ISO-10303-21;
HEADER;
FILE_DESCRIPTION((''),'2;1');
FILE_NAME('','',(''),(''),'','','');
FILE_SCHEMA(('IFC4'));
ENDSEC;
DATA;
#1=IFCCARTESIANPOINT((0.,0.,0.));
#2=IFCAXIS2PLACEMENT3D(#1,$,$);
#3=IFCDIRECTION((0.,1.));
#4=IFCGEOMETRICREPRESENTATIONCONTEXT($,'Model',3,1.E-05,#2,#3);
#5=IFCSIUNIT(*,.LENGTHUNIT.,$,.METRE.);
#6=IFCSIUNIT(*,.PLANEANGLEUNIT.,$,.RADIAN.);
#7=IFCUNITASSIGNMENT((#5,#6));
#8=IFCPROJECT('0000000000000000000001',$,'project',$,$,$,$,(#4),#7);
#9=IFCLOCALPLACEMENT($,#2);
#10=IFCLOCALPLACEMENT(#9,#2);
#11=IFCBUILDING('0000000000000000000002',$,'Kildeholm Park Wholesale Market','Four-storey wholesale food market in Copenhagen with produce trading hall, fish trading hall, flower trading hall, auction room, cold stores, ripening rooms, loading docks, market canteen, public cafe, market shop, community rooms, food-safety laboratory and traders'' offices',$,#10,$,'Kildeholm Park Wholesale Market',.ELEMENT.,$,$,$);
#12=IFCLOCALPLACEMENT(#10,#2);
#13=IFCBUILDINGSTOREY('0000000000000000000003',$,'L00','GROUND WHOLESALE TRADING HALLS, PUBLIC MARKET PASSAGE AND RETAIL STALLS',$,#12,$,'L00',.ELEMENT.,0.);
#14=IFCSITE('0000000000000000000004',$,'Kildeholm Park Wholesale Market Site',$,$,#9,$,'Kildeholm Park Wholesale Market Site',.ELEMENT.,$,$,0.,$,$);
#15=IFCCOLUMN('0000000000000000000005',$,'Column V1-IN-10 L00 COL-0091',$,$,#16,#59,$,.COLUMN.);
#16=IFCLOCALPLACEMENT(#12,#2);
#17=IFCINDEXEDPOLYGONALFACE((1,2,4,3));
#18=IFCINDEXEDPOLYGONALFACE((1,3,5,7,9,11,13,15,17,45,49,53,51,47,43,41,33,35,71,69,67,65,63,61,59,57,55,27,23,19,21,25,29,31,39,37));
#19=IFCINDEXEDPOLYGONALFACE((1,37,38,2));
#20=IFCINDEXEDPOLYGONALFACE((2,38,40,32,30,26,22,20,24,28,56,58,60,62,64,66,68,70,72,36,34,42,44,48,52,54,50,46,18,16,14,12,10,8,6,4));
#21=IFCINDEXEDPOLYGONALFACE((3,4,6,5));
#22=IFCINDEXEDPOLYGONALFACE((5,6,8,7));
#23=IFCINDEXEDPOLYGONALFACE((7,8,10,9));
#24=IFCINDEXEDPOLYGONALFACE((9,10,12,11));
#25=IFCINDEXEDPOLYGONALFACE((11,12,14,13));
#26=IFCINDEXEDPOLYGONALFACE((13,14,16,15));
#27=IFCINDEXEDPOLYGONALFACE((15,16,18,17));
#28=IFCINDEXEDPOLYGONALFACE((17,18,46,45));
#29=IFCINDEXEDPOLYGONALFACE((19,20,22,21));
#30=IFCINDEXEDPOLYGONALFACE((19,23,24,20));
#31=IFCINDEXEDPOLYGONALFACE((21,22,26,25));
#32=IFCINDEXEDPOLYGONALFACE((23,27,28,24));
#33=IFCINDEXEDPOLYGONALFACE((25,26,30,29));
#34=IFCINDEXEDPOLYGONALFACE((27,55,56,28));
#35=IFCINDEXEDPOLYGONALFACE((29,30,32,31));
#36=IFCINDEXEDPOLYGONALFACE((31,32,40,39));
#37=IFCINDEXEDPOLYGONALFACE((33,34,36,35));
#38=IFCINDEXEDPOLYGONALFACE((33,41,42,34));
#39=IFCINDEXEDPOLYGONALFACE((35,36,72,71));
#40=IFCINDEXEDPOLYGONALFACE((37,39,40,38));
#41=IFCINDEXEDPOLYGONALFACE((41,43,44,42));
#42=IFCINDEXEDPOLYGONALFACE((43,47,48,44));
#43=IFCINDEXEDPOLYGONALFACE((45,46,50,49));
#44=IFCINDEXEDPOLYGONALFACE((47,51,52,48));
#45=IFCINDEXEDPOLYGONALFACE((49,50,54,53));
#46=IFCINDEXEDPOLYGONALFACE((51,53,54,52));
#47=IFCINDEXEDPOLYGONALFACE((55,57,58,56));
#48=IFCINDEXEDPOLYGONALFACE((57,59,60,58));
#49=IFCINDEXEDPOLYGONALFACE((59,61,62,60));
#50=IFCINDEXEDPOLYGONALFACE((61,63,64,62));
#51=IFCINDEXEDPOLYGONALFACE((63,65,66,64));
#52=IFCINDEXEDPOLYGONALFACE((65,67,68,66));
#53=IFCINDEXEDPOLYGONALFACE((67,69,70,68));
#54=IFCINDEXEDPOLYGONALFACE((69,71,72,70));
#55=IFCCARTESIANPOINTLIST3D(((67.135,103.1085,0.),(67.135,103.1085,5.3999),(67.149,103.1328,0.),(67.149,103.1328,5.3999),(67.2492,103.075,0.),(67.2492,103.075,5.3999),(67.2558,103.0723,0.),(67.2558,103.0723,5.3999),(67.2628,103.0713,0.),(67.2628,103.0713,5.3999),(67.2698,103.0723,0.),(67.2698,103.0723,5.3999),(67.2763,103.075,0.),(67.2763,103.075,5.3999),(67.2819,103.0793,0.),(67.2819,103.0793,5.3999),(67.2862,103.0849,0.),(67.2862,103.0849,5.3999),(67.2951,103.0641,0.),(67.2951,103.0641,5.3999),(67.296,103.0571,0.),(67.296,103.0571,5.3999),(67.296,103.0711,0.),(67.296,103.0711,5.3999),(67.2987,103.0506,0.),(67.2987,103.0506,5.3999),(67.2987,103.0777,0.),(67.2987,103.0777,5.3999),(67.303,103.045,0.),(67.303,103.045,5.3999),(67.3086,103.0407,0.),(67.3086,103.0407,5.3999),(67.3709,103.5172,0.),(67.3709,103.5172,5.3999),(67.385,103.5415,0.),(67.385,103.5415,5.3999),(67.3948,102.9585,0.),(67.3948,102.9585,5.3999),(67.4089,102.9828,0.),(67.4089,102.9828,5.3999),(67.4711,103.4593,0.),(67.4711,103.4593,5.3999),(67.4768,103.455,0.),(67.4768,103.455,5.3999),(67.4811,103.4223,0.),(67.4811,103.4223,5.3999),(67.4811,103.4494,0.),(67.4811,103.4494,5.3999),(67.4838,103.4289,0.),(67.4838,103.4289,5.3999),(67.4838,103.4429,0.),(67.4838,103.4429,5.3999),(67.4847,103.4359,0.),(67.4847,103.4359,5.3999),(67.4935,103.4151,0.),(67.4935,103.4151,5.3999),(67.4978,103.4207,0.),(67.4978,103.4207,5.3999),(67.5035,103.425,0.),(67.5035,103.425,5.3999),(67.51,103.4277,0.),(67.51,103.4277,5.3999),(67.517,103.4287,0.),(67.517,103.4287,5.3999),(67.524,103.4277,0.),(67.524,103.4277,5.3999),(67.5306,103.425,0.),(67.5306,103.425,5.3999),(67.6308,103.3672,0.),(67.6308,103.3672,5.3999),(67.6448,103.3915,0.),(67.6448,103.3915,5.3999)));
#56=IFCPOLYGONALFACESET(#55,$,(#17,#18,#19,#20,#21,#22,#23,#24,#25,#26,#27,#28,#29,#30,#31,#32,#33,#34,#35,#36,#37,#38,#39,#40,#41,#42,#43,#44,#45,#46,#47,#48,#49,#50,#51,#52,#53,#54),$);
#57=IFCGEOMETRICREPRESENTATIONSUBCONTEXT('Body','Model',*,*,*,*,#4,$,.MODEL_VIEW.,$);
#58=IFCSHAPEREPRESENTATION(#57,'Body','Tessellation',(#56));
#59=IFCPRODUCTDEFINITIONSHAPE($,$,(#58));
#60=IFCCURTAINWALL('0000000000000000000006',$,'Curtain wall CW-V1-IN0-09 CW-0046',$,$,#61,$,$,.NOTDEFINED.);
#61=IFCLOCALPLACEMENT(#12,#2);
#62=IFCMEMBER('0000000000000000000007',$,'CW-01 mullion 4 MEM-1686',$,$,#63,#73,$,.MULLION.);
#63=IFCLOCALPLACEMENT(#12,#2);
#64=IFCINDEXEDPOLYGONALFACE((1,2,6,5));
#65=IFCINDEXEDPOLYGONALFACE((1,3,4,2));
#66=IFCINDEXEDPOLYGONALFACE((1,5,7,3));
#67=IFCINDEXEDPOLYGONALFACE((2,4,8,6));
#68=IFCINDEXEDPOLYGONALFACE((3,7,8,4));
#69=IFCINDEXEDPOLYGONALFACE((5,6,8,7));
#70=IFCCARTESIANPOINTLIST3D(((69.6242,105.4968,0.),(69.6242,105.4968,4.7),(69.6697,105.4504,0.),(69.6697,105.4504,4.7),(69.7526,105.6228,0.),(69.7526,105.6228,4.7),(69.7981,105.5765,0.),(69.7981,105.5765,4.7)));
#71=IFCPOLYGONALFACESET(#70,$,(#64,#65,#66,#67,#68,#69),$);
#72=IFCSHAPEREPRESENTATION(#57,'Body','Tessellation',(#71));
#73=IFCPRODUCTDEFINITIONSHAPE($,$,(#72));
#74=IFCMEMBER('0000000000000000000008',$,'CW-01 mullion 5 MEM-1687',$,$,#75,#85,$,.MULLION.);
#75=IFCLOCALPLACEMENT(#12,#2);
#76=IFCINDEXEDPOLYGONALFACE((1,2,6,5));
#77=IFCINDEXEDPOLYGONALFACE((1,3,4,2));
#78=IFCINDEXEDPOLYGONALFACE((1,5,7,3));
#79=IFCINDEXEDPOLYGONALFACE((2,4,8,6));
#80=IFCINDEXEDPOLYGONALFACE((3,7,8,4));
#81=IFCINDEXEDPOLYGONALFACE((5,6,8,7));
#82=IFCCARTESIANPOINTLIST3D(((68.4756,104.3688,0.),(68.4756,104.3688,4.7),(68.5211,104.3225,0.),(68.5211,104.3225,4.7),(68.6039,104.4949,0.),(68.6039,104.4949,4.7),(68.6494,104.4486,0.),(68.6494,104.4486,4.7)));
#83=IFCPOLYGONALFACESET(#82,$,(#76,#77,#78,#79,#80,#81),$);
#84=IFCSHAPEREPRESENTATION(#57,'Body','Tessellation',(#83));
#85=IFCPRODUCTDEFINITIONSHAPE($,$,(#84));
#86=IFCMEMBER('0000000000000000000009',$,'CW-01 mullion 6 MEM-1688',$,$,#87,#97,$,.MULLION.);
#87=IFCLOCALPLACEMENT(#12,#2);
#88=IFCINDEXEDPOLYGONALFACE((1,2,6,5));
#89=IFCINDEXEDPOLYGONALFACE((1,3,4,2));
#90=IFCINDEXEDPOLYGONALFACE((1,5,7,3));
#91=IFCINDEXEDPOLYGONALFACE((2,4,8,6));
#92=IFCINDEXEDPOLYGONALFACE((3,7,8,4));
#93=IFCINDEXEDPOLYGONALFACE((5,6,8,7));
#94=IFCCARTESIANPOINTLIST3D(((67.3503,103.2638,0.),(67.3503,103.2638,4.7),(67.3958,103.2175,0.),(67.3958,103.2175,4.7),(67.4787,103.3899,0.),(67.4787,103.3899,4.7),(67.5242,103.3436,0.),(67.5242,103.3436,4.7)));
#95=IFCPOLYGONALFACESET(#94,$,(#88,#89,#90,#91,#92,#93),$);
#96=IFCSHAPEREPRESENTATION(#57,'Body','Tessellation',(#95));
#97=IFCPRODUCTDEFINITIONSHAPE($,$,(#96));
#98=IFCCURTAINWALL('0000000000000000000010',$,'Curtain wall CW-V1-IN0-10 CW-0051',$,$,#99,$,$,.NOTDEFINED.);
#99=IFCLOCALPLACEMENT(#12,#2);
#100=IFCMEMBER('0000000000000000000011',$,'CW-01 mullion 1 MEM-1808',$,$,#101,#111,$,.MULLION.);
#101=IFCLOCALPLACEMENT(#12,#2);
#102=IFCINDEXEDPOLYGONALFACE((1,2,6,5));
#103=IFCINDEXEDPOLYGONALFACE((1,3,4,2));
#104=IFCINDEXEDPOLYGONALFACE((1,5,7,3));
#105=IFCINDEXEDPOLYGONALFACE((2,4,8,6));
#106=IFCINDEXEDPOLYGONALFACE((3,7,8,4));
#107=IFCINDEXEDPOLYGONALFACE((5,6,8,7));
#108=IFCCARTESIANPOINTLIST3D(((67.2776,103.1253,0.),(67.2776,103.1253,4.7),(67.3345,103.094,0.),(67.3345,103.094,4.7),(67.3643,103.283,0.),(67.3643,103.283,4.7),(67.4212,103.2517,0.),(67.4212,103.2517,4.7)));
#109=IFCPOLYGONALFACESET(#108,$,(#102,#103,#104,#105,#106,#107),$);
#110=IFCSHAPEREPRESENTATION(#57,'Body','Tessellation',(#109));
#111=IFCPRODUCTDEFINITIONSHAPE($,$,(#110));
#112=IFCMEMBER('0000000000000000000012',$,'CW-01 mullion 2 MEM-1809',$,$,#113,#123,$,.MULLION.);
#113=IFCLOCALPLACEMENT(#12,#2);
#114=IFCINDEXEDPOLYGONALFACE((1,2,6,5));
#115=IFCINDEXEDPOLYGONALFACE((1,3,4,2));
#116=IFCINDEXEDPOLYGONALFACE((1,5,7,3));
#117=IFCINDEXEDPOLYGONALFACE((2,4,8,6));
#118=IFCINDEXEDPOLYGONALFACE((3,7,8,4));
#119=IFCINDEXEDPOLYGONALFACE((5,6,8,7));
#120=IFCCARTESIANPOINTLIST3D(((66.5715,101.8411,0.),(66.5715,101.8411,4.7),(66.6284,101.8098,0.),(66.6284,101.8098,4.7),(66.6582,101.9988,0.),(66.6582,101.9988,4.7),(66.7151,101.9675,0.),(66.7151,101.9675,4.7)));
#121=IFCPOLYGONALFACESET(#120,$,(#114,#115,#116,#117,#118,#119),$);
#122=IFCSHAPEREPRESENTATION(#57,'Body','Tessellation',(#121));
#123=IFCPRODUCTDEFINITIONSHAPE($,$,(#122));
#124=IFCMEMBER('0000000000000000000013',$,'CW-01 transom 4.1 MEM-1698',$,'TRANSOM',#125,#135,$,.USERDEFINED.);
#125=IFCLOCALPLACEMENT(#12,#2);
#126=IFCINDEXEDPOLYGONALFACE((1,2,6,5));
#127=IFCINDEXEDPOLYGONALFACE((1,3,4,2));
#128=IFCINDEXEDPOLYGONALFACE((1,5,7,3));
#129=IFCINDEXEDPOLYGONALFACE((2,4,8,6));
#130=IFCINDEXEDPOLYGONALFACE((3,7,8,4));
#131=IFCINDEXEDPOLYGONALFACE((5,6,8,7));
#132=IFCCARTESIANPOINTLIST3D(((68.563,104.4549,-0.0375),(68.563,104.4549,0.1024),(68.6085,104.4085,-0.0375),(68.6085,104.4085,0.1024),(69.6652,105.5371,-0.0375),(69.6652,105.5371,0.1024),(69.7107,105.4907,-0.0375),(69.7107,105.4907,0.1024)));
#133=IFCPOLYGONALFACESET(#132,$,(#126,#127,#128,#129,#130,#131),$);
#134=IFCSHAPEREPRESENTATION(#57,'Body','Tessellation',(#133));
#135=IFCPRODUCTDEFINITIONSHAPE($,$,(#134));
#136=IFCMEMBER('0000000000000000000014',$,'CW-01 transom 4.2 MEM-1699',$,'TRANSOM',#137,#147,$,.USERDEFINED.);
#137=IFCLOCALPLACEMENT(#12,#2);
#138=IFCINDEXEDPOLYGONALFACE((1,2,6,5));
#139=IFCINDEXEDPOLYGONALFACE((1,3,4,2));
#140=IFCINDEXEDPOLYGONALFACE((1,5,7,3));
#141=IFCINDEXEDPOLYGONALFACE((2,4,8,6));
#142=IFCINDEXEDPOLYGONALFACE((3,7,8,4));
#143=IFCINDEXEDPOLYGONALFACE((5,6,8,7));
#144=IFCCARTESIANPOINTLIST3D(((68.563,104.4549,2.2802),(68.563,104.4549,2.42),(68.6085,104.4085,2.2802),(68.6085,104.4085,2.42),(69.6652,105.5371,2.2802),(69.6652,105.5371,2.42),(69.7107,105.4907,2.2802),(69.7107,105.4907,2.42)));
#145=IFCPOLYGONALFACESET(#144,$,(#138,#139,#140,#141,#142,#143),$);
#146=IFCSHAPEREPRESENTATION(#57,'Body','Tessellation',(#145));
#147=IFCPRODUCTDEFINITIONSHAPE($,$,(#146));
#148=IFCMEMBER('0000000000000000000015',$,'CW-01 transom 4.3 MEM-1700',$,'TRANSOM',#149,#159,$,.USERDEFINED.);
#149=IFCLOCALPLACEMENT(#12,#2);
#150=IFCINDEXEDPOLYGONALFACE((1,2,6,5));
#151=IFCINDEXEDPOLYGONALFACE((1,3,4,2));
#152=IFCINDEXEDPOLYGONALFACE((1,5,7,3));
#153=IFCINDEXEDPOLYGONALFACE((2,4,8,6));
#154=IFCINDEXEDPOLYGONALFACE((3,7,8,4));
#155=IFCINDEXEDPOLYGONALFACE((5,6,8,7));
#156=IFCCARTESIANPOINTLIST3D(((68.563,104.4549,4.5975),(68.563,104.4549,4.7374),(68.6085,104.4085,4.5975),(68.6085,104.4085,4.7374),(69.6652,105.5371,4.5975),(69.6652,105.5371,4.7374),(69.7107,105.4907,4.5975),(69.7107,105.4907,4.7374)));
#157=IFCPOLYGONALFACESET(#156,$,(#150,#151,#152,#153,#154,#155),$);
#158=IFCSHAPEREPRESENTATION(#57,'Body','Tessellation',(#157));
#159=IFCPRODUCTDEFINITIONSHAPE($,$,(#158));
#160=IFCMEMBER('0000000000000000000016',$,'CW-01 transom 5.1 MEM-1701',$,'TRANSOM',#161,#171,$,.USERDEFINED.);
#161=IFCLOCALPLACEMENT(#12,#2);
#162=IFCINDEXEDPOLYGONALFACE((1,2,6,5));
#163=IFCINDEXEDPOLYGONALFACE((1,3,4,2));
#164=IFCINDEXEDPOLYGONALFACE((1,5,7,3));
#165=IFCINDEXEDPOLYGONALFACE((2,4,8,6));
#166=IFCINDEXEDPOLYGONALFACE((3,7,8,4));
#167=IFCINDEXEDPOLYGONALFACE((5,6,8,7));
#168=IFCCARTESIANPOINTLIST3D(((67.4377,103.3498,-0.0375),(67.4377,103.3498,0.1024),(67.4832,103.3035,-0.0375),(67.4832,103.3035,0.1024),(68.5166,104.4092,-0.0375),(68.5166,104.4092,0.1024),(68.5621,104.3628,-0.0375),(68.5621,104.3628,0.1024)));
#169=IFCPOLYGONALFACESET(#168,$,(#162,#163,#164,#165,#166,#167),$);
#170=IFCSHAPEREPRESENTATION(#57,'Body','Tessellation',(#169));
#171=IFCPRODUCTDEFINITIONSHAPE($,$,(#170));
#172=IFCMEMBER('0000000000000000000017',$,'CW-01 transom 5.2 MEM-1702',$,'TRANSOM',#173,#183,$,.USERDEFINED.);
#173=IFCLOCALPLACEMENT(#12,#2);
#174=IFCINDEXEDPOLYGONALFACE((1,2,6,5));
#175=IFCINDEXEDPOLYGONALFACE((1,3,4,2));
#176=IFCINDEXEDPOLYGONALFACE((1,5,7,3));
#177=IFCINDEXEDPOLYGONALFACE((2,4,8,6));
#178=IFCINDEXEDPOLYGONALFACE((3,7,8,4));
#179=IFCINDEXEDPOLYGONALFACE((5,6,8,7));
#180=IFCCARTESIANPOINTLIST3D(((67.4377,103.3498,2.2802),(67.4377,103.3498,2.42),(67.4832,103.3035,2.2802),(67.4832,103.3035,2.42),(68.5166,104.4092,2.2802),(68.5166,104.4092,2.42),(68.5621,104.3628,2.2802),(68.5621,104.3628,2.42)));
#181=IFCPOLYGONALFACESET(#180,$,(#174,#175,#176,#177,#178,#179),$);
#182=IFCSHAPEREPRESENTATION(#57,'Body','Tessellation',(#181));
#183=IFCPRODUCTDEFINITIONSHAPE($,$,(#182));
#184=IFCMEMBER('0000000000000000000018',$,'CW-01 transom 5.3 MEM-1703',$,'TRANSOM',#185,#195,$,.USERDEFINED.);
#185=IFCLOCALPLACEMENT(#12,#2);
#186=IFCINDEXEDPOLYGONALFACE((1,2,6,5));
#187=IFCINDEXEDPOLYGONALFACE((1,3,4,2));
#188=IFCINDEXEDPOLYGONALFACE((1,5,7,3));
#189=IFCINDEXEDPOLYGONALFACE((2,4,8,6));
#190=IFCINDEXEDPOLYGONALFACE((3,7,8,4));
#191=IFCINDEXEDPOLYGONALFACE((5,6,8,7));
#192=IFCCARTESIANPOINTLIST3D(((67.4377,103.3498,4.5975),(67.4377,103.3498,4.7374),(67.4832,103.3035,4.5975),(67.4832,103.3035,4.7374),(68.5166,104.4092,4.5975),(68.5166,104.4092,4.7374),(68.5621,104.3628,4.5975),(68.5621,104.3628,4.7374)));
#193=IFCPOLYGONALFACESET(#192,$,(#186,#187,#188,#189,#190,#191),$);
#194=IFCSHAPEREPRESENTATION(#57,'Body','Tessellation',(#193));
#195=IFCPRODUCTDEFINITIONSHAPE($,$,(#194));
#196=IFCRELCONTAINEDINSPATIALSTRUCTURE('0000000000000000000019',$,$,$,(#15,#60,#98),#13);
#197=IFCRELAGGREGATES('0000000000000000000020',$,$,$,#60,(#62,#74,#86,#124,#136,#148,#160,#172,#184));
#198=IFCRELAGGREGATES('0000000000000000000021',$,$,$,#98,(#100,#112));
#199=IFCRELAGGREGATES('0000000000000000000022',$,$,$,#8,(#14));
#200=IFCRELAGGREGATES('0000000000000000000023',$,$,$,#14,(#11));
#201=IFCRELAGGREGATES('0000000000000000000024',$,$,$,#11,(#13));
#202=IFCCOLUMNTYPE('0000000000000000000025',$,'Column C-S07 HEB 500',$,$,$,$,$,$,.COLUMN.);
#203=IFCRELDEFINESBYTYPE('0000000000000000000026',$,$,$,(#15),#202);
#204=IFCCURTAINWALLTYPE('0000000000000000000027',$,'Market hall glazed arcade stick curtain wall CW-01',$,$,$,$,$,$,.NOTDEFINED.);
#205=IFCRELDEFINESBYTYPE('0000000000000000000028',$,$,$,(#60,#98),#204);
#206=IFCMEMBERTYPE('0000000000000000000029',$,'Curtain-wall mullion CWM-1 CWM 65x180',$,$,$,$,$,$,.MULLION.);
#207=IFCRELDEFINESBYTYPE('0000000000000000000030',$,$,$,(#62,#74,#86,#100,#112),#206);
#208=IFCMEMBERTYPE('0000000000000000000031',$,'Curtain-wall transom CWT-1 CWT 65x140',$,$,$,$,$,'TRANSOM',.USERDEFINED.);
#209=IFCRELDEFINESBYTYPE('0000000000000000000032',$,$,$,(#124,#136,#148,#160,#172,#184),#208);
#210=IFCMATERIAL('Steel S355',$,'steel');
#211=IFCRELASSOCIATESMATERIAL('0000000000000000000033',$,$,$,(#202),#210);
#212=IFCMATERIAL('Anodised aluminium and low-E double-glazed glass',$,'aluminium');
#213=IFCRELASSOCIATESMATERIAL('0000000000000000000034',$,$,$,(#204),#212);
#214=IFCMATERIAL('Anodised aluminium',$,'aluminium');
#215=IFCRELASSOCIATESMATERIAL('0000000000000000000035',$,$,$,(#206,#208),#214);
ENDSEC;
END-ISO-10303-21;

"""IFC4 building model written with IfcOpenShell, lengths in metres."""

from ifc_helpers import new_model, si_unit, direction, frame, origin, origin_2d, place, context, subcontext, project, spatial, rectangle, i_section, extrude, material, material_profile, profile_set, type_object, element, aggregate, save


model = new_model("IFC4")

# Units and contexts
model_context = context("Model", 3, precision=1e-05, world=origin(), true_north=direction((0.0, 1.0)))
body_context = subcontext(model_context, "Body", "Model", "MODEL_VIEW")
ifc_project = project(units=[si_unit("LENGTHUNIT", "METRE"), si_unit("PLANEANGLEUNIT", "RADIAN")], contexts=[model_context])

# Site, building, storey
site_placement = place(None, origin())
site = spatial("IfcSite", under=ifc_project, at=site_placement, Name="Kildeholm Park Wholesale Market Site", LongName="Kildeholm Park Wholesale Market Site", CompositionType="ELEMENT", RefElevation=0.0)
building_placement = place(site_placement, origin())
building = spatial("IfcBuilding", under=site, at=building_placement, Name="Kildeholm Park Wholesale Market", Description="Four-storey wholesale food market in Copenhagen with produce trading hall, fish trading hall, flower trading hall, auction room, cold stores, ripening rooms, loading docks, market canteen, public cafe, market shop, community rooms, food-safety laboratory and traders' offices", LongName="Kildeholm Park Wholesale Market", CompositionType="ELEMENT")
storey_placement = place(building_placement, origin())
storey = spatial("IfcBuildingStorey", under=building, at=storey_placement, Name="L00", Description="GROUND WHOLESALE TRADING HALLS, PUBLIC MARKET PASSAGE AND RETAIL STALLS", LongName="L00", CompositionType="ELEMENT", Elevation=0.0)

# Column
ifc_material_1 = material(Name="Steel S355", Category="steel")
ifc_material_profile_1 = material_profile(ifc_material_1, i_section(OverallWidth=0.3, OverallDepth=0.5, WebThickness=0.0144, FlangeThickness=0.0281, FilletRadius=0.0271, at=origin_2d()), Name="HEB 500")
ifc_profile_set_1 = profile_set([ifc_material_profile_1], Name="Steel S355")
column_type = type_object("IfcColumnType", Name="Column C-S07 HEB 500", PredefinedType="COLUMN", material=ifc_profile_set_1)
column_placement = place(storey_placement, frame((67.3899, 103.25, 0.0), z_axis=(0.0, 0.0, 1.0), x_axis=(-0.866025, 0.5, 0.0)))
element("IfcColumn", 1, at=column_placement, inside=storey, type_object=column_type, Name="Column V1-IN-10 L00 COL-0091", PredefinedType="COLUMN", context=body_context, shape_type="SweptSolid", body=[
    extrude(i_section(OverallWidth=0.3, OverallDepth=0.5, WebThickness=0.0144, FlangeThickness=0.0281, FilletRadius=0.0271, at=origin_2d()), origin(), (0.0, 0.0, 1.0), 5.3999),
])

# Curtain walls, members
ifc_material_2 = material(Name="Anodised aluminium and low-E double-glazed glass", Category="aluminium")
curtain_wall_type = type_object("IfcCurtainWallType", Name="Market hall glazed arcade stick curtain wall CW-01", PredefinedType="NOTDEFINED", material=ifc_material_2)
curtain_wall_1_placement = place(storey_placement, origin())
curtain_wall_1 = element("IfcCurtainWall", 2, at=curtain_wall_1_placement, inside=storey, type_object=curtain_wall_type, Name="Curtain wall CW-V1-IN0-09 CW-0046", PredefinedType="NOTDEFINED")
ifc_material_3 = material(Name="Anodised aluminium", Category="aluminium")
ifc_material_profile_2 = material_profile(ifc_material_3, rectangle(XDim=0.0649, YDim=0.1799, at=origin_2d()), Name="CWM 65x180")
ifc_profile_set_2 = profile_set([ifc_material_profile_2], Name="Anodised aluminium")
member_type_1 = type_object("IfcMemberType", Name="Curtain-wall mullion CWM-1 CWM 65x180", PredefinedType="MULLION", material=ifc_profile_set_2)
member_1_placement = place(storey_placement, frame((69.7112, 105.5366, 0.0), z_axis=(0.0, 0.0, 1.0), x_axis=(0.700617, -0.713538, 0.0)))
member_1 = element("IfcMember", 3, at=member_1_placement, type_object=member_type_1, Name="CW-01 mullion 4 MEM-1686", PredefinedType="MULLION", context=body_context, shape_type="SweptSolid", body=[
    extrude(rectangle(XDim=0.0649, YDim=0.1799, at=origin_2d()), origin(), (0.0, 0.0, 1.0), 4.7),
])
member_2_placement = place(storey_placement, frame((68.5625, 104.4087, 0.0), z_axis=(0.0, 0.0, 1.0), x_axis=(0.700617, -0.713538, 0.0)))
member_2 = element("IfcMember", 4, at=member_2_placement, type_object=member_type_1, Name="CW-01 mullion 5 MEM-1687", PredefinedType="MULLION", context=body_context, shape_type="SweptSolid", body=[
    extrude(rectangle(XDim=0.0649, YDim=0.1799, at=origin_2d()), origin(), (0.0, 0.0, 1.0), 4.7),
])
member_3_placement = place(storey_placement, frame((67.4373, 103.3037, 0.0), z_axis=(0.0, 0.0, 1.0), x_axis=(0.700617, -0.713538, 0.0)))
member_3 = element("IfcMember", 5, at=member_3_placement, type_object=member_type_1, Name="CW-01 mullion 6 MEM-1688", PredefinedType="MULLION", context=body_context, shape_type="SweptSolid", body=[
    extrude(rectangle(XDim=0.0649, YDim=0.1799, at=origin_2d()), origin(), (0.0, 0.0, 1.0), 4.7),
])
curtain_wall_2_placement = place(storey_placement, origin())
curtain_wall_2 = element("IfcCurtainWall", 6, at=curtain_wall_2_placement, inside=storey, type_object=curtain_wall_type, Name="Curtain wall CW-V1-IN0-10 CW-0051", PredefinedType="NOTDEFINED")
member_4_placement = place(storey_placement, frame((67.3494, 103.1885, 0.0), z_axis=(0.0, 0.0, 1.0), x_axis=(0.876309, -0.48175, 0.0)))
member_4 = element("IfcMember", 7, at=member_4_placement, type_object=member_type_1, Name="CW-01 mullion 1 MEM-1808", PredefinedType="MULLION", context=body_context, shape_type="SweptSolid", body=[
    extrude(rectangle(XDim=0.0649, YDim=0.1799, at=origin_2d()), origin(), (0.0, 0.0, 1.0), 4.7),
])
member_5_placement = place(storey_placement, frame((66.6433, 101.9043, 0.0), z_axis=(0.0, 0.0, 1.0), x_axis=(0.876309, -0.48175, 0.0)))
member_5 = element("IfcMember", 8, at=member_5_placement, type_object=member_type_1, Name="CW-01 mullion 2 MEM-1809", PredefinedType="MULLION", context=body_context, shape_type="SweptSolid", body=[
    extrude(rectangle(XDim=0.0649, YDim=0.1799, at=origin_2d()), origin(), (0.0, 0.0, 1.0), 4.7),
])

# Members
ifc_material_profile_3 = material_profile(ifc_material_3, rectangle(XDim=0.0649, YDim=0.1399, at=origin_2d()), Name="CWT 65x140")
ifc_profile_set_3 = profile_set([ifc_material_profile_3], Name="Anodised aluminium")
member_type_2 = type_object("IfcMemberType", Name="Curtain-wall transom CWT-1 CWT 65x140", ElementType="TRANSOM", PredefinedType="USERDEFINED", material=ifc_profile_set_3)
member_6_placement = place(storey_placement, frame((69.688, 105.5139, 0.0325), z_axis=(-0.713557, -0.700597, 0.0), x_axis=(0.700597, -0.713557, 0.0)))
member_6 = element("IfcMember", 9, at=member_6_placement, type_object=member_type_2, Name="CW-01 transom 4.1 MEM-1698", ObjectType="TRANSOM", PredefinedType="USERDEFINED", context=body_context, shape_type="SweptSolid", body=[
    extrude(rectangle(XDim=0.0649, YDim=0.1399, at=origin_2d()), origin(), (0.0, 0.0, 1.0), 1.5447),
])
member_7_placement = place(storey_placement, frame((69.688, 105.5139, 2.3501), z_axis=(-0.713557, -0.700597, 0.0), x_axis=(0.700597, -0.713557, 0.0)))
member_7 = element("IfcMember", 10, at=member_7_placement, type_object=member_type_2, Name="CW-01 transom 4.2 MEM-1699", ObjectType="TRANSOM", PredefinedType="USERDEFINED", context=body_context, shape_type="SweptSolid", body=[
    extrude(rectangle(XDim=0.0649, YDim=0.1399, at=origin_2d()), origin(), (0.0, 0.0, 1.0), 1.5447),
])
member_8_placement = place(storey_placement, frame((69.688, 105.5139, 4.6675), z_axis=(-0.713557, -0.700597, 0.0), x_axis=(0.700597, -0.713557, 0.0)))
member_8 = element("IfcMember", 11, at=member_8_placement, type_object=member_type_2, Name="CW-01 transom 4.3 MEM-1700", ObjectType="TRANSOM", PredefinedType="USERDEFINED", context=body_context, shape_type="SweptSolid", body=[
    extrude(rectangle(XDim=0.0649, YDim=0.1399, at=origin_2d()), origin(), (0.0, 0.0, 1.0), 1.5447),
])
member_9_placement = place(storey_placement, frame((68.5393, 104.386, 0.0325), z_axis=(-0.713536, -0.700618, 0.0), x_axis=(0.700618, -0.713536, 0.0)))
member_9 = element("IfcMember", 12, at=member_9_placement, type_object=member_type_2, Name="CW-01 transom 5.1 MEM-1701", ObjectType="TRANSOM", PredefinedType="USERDEFINED", context=body_context, shape_type="SweptSolid", body=[
    extrude(rectangle(XDim=0.0649, YDim=0.1399, at=origin_2d()), origin(), (0.0, 0.0, 1.0), 1.512),
])
member_10_placement = place(storey_placement, frame((68.5393, 104.386, 2.3501), z_axis=(-0.713536, -0.700618, 0.0), x_axis=(0.700618, -0.713536, 0.0)))
member_10 = element("IfcMember", 13, at=member_10_placement, type_object=member_type_2, Name="CW-01 transom 5.2 MEM-1702", ObjectType="TRANSOM", PredefinedType="USERDEFINED", context=body_context, shape_type="SweptSolid", body=[
    extrude(rectangle(XDim=0.0649, YDim=0.1399, at=origin_2d()), origin(), (0.0, 0.0, 1.0), 1.512),
])
member_11_placement = place(storey_placement, frame((68.5393, 104.386, 4.6675), z_axis=(-0.713536, -0.700618, 0.0), x_axis=(0.700618, -0.713536, 0.0)))
member_11 = element("IfcMember", 14, at=member_11_placement, type_object=member_type_2, Name="CW-01 transom 5.3 MEM-1703", ObjectType="TRANSOM", PredefinedType="USERDEFINED", context=body_context, shape_type="SweptSolid", body=[
    extrude(rectangle(XDim=0.0649, YDim=0.1399, at=origin_2d()), origin(), (0.0, 0.0, 1.0), 1.512),
])

aggregate(curtain_wall_1, [member_1, member_2, member_3, member_6, member_7, member_8, member_9, member_10, member_11])
aggregate(curtain_wall_2, [member_4, member_5])

save(model, "model.ifc")
